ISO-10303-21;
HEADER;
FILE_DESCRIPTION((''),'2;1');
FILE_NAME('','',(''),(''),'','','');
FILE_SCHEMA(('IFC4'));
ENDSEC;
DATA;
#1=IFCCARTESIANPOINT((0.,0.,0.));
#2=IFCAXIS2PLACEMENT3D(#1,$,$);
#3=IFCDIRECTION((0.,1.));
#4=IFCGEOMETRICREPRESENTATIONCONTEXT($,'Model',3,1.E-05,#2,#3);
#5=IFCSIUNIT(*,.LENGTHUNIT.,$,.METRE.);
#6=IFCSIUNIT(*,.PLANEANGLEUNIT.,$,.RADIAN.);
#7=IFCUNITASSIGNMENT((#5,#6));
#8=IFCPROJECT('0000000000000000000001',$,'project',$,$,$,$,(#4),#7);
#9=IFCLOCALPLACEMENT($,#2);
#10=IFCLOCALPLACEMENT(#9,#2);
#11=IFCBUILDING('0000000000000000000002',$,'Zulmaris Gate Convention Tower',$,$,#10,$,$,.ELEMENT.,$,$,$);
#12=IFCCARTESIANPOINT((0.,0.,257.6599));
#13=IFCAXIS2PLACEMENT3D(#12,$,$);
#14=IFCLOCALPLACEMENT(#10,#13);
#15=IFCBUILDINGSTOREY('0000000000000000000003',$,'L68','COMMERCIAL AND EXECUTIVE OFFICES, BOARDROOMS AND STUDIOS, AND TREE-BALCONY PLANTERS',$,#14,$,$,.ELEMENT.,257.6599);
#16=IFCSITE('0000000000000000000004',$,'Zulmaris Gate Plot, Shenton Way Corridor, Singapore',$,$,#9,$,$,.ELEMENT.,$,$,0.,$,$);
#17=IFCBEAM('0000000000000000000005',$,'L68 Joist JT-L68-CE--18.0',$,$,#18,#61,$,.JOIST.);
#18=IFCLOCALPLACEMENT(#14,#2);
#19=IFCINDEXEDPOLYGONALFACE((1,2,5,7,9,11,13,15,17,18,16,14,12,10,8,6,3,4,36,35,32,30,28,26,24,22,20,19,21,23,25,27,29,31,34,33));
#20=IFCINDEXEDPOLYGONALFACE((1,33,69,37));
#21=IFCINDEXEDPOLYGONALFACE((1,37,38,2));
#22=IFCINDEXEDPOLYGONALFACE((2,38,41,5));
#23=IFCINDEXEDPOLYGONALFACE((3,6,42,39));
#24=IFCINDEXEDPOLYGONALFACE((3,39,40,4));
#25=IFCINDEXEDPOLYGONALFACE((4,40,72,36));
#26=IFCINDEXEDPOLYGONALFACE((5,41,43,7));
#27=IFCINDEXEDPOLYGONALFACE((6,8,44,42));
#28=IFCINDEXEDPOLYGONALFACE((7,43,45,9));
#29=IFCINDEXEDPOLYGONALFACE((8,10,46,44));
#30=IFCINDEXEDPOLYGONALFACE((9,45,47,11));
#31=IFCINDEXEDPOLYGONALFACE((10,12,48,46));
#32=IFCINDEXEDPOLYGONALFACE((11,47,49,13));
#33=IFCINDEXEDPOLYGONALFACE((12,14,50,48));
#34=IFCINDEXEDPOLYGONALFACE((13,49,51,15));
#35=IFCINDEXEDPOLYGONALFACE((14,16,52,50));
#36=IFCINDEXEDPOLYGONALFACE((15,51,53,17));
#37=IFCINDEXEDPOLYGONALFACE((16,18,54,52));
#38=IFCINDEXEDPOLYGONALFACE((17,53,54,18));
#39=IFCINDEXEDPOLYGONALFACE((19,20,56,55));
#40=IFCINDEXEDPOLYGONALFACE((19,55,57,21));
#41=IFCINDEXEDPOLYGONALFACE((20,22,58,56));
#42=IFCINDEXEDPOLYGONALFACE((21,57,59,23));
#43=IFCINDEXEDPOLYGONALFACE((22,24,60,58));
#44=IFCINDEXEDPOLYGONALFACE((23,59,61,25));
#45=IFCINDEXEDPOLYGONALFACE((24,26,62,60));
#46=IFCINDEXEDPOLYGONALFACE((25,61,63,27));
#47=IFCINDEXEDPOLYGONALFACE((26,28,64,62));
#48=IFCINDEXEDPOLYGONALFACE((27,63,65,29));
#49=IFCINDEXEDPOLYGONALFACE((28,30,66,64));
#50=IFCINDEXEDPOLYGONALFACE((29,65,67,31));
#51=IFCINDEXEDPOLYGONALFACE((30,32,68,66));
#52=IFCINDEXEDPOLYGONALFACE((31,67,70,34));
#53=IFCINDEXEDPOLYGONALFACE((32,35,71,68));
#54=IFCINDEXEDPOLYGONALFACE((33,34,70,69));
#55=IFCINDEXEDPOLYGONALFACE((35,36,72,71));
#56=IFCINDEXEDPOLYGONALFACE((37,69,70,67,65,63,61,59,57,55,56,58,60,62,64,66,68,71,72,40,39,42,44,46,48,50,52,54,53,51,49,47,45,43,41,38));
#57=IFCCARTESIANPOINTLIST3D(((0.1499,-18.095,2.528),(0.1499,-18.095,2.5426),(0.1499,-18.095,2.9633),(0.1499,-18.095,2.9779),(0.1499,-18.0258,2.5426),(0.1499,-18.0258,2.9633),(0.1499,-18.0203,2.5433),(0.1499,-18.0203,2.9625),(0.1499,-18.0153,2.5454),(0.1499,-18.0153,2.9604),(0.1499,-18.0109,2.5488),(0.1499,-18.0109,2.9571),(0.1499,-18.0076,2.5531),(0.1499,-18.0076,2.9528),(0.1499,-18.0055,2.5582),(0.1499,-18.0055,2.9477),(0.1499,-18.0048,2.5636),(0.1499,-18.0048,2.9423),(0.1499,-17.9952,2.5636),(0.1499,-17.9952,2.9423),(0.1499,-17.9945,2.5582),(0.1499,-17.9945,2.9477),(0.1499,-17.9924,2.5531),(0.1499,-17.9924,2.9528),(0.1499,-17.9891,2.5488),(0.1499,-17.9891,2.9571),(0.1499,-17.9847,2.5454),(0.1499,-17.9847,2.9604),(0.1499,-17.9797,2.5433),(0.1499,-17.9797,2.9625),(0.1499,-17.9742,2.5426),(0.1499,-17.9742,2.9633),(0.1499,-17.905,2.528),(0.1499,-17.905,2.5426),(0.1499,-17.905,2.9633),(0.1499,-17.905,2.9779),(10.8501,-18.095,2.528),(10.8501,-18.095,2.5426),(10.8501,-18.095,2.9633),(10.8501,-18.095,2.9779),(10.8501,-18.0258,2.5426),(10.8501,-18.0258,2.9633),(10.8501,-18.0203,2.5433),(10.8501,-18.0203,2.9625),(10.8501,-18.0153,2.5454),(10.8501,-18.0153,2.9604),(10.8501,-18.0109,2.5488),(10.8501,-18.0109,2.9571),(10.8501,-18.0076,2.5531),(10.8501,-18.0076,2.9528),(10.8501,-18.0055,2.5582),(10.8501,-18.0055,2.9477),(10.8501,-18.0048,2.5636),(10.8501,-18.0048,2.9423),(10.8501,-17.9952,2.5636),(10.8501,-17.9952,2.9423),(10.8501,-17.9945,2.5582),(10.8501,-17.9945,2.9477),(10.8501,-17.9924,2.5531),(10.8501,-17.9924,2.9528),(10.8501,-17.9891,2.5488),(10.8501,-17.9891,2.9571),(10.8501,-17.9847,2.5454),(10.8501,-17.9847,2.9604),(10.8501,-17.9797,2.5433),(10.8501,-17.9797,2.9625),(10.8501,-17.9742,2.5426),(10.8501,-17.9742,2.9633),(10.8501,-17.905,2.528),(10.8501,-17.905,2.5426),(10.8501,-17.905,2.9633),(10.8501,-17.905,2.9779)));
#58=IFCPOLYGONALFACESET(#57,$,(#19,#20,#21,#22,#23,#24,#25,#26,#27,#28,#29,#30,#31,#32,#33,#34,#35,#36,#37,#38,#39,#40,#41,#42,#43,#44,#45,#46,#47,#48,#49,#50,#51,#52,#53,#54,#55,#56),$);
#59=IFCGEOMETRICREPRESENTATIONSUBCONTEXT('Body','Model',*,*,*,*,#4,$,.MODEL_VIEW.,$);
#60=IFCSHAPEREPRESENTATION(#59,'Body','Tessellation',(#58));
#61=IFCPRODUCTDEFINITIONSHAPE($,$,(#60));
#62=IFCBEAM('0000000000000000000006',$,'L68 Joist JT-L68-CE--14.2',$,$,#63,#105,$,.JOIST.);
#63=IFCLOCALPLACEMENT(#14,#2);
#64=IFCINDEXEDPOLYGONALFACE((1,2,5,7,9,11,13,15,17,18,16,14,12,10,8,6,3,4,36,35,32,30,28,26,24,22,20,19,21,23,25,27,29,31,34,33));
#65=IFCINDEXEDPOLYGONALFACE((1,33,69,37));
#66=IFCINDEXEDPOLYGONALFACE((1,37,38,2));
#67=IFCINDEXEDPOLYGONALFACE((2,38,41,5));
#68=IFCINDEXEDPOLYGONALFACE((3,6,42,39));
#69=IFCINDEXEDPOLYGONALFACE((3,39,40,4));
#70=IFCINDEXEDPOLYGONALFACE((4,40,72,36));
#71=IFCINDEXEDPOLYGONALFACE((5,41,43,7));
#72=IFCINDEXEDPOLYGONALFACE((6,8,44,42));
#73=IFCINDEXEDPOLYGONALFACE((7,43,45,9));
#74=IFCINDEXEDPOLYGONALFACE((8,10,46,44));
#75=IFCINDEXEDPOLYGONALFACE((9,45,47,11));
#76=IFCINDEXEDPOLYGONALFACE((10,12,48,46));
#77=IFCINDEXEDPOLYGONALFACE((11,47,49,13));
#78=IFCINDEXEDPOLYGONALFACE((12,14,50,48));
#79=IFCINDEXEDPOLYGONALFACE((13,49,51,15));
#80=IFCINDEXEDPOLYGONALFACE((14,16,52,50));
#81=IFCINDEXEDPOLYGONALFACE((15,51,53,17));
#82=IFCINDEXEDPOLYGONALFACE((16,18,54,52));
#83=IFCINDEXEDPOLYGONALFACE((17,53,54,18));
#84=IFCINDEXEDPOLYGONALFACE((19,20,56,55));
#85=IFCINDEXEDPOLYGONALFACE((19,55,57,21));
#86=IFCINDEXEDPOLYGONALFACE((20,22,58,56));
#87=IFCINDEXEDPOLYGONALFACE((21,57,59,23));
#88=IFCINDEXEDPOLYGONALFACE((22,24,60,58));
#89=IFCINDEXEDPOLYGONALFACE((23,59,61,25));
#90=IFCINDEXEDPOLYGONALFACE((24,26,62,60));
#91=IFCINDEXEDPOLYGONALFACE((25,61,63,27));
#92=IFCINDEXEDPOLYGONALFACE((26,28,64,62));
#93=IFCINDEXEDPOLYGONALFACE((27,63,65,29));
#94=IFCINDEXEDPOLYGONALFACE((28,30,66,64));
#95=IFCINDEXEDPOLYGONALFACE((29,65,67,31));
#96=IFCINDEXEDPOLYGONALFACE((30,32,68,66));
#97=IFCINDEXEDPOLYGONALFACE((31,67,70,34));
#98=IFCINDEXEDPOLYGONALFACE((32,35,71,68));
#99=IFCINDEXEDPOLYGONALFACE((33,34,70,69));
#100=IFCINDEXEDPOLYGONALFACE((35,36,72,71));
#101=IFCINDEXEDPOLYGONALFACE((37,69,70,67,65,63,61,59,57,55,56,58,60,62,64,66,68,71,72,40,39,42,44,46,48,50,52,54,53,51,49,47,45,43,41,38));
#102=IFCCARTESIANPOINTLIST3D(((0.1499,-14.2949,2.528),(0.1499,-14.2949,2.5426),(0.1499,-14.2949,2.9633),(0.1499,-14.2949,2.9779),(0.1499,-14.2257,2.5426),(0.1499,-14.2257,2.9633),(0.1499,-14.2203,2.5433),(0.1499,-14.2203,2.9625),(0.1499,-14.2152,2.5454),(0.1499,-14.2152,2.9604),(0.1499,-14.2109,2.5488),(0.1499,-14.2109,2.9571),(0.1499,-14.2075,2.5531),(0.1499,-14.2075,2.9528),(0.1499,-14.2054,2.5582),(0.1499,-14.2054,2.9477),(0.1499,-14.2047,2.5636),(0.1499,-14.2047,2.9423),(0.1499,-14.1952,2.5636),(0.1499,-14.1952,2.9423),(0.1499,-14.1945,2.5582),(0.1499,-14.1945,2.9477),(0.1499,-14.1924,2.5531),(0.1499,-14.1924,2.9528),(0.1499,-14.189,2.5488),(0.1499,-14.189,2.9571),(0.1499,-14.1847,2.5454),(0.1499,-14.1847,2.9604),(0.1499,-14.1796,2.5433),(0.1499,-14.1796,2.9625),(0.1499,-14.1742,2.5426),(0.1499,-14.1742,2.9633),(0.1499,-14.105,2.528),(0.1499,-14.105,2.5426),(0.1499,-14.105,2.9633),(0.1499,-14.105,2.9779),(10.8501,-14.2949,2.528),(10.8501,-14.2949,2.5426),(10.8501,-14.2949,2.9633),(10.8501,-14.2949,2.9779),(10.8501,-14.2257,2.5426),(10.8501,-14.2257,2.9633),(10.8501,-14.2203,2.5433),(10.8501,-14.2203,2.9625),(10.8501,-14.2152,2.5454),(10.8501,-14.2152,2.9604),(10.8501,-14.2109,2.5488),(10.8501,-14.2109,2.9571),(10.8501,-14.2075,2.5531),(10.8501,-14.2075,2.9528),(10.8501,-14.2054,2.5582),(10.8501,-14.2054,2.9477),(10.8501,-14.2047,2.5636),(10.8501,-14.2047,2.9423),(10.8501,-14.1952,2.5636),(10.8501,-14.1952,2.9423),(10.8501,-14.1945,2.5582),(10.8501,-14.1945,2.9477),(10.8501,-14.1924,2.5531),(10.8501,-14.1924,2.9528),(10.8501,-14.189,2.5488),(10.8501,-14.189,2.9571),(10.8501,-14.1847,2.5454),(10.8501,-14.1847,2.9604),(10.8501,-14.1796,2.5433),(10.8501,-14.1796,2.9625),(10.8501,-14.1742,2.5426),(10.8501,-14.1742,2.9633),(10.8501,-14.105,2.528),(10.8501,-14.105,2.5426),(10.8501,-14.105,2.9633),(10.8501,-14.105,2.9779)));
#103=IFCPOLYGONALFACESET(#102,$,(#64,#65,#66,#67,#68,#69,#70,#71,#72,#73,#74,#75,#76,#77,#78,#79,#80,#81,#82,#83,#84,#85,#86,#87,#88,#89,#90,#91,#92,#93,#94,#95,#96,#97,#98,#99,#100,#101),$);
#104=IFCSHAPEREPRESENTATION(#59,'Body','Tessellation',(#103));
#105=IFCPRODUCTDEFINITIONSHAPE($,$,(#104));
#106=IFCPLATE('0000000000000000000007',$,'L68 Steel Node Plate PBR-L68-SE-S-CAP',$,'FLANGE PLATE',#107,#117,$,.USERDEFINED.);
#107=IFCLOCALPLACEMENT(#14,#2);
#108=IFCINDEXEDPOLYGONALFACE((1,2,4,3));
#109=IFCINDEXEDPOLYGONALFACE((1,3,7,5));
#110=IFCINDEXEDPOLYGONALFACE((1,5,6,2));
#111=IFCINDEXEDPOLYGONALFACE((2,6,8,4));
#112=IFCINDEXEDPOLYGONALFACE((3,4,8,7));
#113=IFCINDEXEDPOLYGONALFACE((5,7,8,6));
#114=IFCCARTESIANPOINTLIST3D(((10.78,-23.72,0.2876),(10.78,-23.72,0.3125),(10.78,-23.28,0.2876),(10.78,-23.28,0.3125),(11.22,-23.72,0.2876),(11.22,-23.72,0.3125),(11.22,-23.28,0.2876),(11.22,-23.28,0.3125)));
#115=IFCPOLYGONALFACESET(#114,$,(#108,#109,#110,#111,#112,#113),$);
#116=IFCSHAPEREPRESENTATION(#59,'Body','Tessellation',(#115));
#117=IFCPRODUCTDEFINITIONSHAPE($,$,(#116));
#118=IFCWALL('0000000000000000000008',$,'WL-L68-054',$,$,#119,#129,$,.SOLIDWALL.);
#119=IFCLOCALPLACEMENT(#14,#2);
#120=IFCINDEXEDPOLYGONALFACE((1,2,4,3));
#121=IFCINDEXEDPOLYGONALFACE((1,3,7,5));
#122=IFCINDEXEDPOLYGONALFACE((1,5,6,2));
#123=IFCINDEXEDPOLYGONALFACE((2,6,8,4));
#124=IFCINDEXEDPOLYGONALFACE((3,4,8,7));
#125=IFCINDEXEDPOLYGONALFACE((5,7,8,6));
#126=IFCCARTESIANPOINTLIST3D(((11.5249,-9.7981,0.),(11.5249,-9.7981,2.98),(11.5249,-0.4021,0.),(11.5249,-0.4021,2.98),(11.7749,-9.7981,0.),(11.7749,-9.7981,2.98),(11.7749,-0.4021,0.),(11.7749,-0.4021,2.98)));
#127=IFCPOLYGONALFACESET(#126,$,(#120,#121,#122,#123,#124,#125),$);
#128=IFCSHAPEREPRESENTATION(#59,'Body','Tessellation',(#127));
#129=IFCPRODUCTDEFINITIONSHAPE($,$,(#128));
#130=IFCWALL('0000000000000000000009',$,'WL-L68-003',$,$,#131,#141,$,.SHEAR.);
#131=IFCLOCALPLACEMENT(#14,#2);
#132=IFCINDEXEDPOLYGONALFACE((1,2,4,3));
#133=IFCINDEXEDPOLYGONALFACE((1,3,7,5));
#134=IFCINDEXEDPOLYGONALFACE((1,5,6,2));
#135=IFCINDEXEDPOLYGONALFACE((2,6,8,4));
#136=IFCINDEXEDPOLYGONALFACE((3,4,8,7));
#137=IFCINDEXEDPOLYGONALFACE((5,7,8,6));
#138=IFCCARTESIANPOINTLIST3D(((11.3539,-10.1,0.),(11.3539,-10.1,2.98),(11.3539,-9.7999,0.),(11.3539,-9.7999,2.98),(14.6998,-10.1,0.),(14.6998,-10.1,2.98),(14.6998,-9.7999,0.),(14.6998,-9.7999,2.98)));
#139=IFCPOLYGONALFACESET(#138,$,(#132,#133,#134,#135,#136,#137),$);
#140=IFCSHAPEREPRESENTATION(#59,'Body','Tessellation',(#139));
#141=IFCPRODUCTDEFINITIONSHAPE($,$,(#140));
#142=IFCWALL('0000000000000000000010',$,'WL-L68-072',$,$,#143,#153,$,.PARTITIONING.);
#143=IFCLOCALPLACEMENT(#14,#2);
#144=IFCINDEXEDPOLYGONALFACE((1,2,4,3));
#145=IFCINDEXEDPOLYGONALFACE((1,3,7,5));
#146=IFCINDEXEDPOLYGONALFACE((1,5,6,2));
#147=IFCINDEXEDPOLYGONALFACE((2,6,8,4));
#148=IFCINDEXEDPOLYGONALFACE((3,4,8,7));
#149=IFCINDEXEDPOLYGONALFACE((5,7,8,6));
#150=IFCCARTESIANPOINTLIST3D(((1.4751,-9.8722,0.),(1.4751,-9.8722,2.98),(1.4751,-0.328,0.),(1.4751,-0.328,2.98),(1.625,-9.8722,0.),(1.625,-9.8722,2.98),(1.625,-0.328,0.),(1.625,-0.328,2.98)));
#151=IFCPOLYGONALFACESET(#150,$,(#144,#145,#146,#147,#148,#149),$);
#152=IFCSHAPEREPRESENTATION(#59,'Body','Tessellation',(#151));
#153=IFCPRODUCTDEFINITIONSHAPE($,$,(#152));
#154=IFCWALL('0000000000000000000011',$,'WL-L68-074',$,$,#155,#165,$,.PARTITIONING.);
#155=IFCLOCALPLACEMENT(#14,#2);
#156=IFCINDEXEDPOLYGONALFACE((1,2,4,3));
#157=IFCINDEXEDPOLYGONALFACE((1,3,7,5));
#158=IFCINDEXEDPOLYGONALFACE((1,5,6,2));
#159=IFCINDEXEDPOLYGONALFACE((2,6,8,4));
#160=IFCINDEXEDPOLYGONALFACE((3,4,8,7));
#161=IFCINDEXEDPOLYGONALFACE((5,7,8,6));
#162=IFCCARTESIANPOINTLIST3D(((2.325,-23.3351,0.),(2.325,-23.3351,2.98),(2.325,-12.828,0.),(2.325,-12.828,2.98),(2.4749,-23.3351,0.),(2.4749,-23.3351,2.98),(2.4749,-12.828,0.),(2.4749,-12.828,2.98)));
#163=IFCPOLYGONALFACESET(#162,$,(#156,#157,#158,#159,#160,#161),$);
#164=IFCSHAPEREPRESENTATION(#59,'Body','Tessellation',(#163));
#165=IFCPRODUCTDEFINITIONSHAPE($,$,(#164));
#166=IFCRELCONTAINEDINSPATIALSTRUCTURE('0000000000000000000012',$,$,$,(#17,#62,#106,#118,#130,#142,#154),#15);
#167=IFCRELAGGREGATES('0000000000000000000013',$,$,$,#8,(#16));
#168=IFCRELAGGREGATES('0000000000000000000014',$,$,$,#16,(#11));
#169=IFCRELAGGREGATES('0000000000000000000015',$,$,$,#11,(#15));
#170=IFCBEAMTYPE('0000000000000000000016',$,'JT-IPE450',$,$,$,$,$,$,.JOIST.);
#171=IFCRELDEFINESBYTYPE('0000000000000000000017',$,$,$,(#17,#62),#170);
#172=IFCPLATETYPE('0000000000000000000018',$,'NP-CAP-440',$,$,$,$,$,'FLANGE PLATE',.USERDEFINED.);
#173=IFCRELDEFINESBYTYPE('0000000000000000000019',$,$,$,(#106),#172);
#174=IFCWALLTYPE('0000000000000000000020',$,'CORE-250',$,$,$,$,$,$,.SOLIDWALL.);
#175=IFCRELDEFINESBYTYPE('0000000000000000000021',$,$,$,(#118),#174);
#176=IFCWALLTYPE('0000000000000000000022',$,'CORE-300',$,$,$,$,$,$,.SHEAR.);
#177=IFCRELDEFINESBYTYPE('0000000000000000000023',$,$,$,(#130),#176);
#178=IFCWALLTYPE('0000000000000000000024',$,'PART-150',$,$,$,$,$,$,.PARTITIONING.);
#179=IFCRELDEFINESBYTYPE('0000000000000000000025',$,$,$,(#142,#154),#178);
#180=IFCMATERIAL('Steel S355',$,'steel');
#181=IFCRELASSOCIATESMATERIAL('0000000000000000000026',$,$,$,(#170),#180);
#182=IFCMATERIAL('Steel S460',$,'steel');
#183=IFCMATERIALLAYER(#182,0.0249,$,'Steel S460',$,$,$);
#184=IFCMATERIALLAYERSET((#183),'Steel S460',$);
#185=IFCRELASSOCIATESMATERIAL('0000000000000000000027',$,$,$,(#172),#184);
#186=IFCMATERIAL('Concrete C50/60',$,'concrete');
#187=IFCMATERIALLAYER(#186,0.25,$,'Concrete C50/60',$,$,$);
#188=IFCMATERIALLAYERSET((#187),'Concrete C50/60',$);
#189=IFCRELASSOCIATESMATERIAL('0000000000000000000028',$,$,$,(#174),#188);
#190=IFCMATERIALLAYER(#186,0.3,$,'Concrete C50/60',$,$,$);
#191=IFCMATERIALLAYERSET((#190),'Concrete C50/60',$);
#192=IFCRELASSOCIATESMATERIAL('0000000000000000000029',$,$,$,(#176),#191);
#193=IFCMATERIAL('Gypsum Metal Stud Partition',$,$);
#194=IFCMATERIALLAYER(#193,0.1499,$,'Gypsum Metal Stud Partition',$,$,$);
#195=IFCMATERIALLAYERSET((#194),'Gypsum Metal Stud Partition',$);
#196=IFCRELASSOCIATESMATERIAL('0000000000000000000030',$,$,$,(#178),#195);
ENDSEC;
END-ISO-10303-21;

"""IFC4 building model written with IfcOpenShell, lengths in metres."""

from ifc_helpers import new_model, si_unit, direction, frame, frame_2d, origin, origin_2d, place, context, subcontext, project, spatial, rectangle, i_section, extrude, material, layer, layer_set, material_profile, profile_set, type_object, element, save


model = new_model("IFC4")

# Units and contexts
model_context = context("Model", 3, precision=1e-05, world=origin(), true_north=direction((0.0, 1.0)))
body_context = subcontext(model_context, "Body", "Model", "MODEL_VIEW")
ifc_project = project(units=[si_unit("LENGTHUNIT", "METRE"), si_unit("PLANEANGLEUNIT", "RADIAN")], contexts=[model_context])

# Site, building, storey
site_placement = place(None, origin())
site = spatial("IfcSite", under=ifc_project, at=site_placement, Name="Zulmaris Gate Plot, Shenton Way Corridor, Singapore", CompositionType="ELEMENT", RefElevation=0.0)
building_placement = place(site_placement, origin())
building = spatial("IfcBuilding", under=site, at=building_placement, Name="Zulmaris Gate Convention Tower", CompositionType="ELEMENT")
storey_placement = place(building_placement, frame((0.0, 0.0, 257.6599)))
storey = spatial("IfcBuildingStorey", under=building, at=storey_placement, Name="L68", Description="COMMERCIAL AND EXECUTIVE OFFICES, BOARDROOMS AND STUDIOS, AND TREE-BALCONY PLANTERS", CompositionType="ELEMENT", Elevation=257.6599)

# Shared definitions
ifc_material_1 = material(Name="Concrete C50/60", Category="concrete")

# Shared definitions
ifc_material_2 = material(Name="Steel S355", Category="steel")

# Beams
ifc_material_profile_1 = material_profile(ifc_material_2, i_section(OverallWidth=0.1899, OverallDepth=0.45, WebThickness=0.0095, FlangeThickness=0.0146, FilletRadius=0.021, at=origin_2d()), Name="IPE 450")
ifc_profile_set_1 = profile_set([ifc_material_profile_1], Name="Steel S355")
beam_type_1 = type_object("IfcBeamType", Name="JT-IPE450", PredefinedType="JOIST", material=ifc_profile_set_1)
for number, where, z_axis, x_axis, name in (
    (1, (0.1499, -18.0, 2.7529), (1.0, 0.0, 0.0), (0.0, 1.0, 0.0), "L68 Joist JT-L68-CE--18.0"),
    (2, (0.1499, -14.2, 2.7529), (1.0, 0.0, 0.0), (0.0, 1.0, 0.0), "L68 Joist JT-L68-CE--14.2"),
):
    element("IfcBeam", number, at=place(storey_placement, frame(where, z_axis=z_axis, x_axis=x_axis)), inside=storey, type_object=beam_type_1, Name=name, PredefinedType="JOIST", context=body_context, shape_type="SweptSolid", body=[
        extrude(i_section(OverallWidth=0.1899, OverallDepth=0.45, WebThickness=0.0095, FlangeThickness=0.0146, FilletRadius=0.021, at=origin_2d()), origin(), (0.0, 0.0, 1.0), 10.7002),
    ])

# Plate
ifc_material_3 = material(Name="Steel S460", Category="steel")
ifc_layer_1 = layer(ifc_material_3, 0.0249, Name="Steel S460")
ifc_layer_set_1 = layer_set([ifc_layer_1], Name="Steel S460")
plate_type = type_object("IfcPlateType", Name="NP-CAP-440", ElementType="FLANGE PLATE", PredefinedType="USERDEFINED", material=ifc_layer_set_1)
plate_placement = place(storey_placement, frame((11.0, -23.5, 0.2876), z_axis=(0.0, 0.0, 1.0), x_axis=(1.0, 0.0, 0.0)))
element("IfcPlate", 3, at=plate_placement, inside=storey, type_object=plate_type, Name="L68 Steel Node Plate PBR-L68-SE-S-CAP", ObjectType="FLANGE PLATE", PredefinedType="USERDEFINED", context=body_context, shape_type="SweptSolid", body=[
    extrude(rectangle(XDim=0.4399, YDim=0.4399, at=origin_2d()), origin(), (0.0, 0.0, 1.0), 0.0249),
])

# Walls
ifc_layer_2 = layer(ifc_material_1, 0.25, Name="Concrete C50/60")
ifc_layer_set_2 = layer_set([ifc_layer_2], Name="Concrete C50/60")
wall_type_1 = type_object("IfcWallType", Name="CORE-250", PredefinedType="SOLIDWALL", material=ifc_layer_set_2)
wall_1_placement = place(storey_placement, frame((11.6499, -9.7981, 0.0), z_axis=(0.0, 0.0, 1.0), x_axis=(0.0, 1.0, 0.0)))
element("IfcWall", 4, at=wall_1_placement, inside=storey, type_object=wall_type_1, Name="WL-L68-054", PredefinedType="SOLIDWALL", context=body_context, shape_type="SweptSolid", body=[
    extrude(rectangle(XDim=9.396, YDim=0.25, at=frame_2d((4.698, 0.0))), origin(), (0.0, 0.0, 1.0), 2.98),
])
ifc_layer_3 = layer(ifc_material_1, 0.3, Name="Concrete C50/60")
ifc_layer_set_3 = layer_set([ifc_layer_3], Name="Concrete C50/60")
wall_type_2 = type_object("IfcWallType", Name="CORE-300", PredefinedType="SHEAR", material=ifc_layer_set_3)
wall_2_placement = place(storey_placement, frame((11.354, -9.95, 0.0), z_axis=(0.0, 0.0, 1.0), x_axis=(1.0, 0.0, 0.0)))
element("IfcWall", 5, at=wall_2_placement, inside=storey, type_object=wall_type_2, Name="WL-L68-003", PredefinedType="SHEAR", context=body_context, shape_type="SweptSolid", body=[
    extrude(rectangle(XDim=3.3459, YDim=0.3, at=frame_2d((1.6729, 0.0))), origin(), (0.0, 0.0, 1.0), 2.98),
])

# Walls
ifc_material_4 = material(Name="Gypsum Metal Stud Partition")
ifc_layer_4 = layer(ifc_material_4, 0.1499, Name="Gypsum Metal Stud Partition")
ifc_layer_set_4 = layer_set([ifc_layer_4], Name="Gypsum Metal Stud Partition")
wall_type_3 = type_object("IfcWallType", Name="PART-150", PredefinedType="PARTITIONING", material=ifc_layer_set_4)
wall_3_placement = place(storey_placement, frame((1.55, -9.8721, 0.0), z_axis=(0.0, 0.0, 1.0), x_axis=(0.0, 1.0, 0.0)))
element("IfcWall", 6, at=wall_3_placement, inside=storey, type_object=wall_type_3, Name="WL-L68-072", PredefinedType="PARTITIONING", context=body_context, shape_type="SweptSolid", body=[
    extrude(rectangle(XDim=9.5442, YDim=0.1499, at=frame_2d((4.772, 0.0))), origin(), (0.0, 0.0, 1.0), 2.98),
])
wall_4_placement = place(storey_placement, frame((2.3999, -23.335, 0.0), z_axis=(0.0, 0.0, 1.0), x_axis=(0.0, 1.0, 0.0)))
element("IfcWall", 7, at=wall_4_placement, inside=storey, type_object=wall_type_3, Name="WL-L68-074", PredefinedType="PARTITIONING", context=body_context, shape_type="SweptSolid", body=[
    extrude(rectangle(XDim=10.5071, YDim=0.1499, at=frame_2d((5.2534, 0.0))), origin(), (0.0, 0.0, 1.0), 2.98),
])

save(model, "model.ifc")
